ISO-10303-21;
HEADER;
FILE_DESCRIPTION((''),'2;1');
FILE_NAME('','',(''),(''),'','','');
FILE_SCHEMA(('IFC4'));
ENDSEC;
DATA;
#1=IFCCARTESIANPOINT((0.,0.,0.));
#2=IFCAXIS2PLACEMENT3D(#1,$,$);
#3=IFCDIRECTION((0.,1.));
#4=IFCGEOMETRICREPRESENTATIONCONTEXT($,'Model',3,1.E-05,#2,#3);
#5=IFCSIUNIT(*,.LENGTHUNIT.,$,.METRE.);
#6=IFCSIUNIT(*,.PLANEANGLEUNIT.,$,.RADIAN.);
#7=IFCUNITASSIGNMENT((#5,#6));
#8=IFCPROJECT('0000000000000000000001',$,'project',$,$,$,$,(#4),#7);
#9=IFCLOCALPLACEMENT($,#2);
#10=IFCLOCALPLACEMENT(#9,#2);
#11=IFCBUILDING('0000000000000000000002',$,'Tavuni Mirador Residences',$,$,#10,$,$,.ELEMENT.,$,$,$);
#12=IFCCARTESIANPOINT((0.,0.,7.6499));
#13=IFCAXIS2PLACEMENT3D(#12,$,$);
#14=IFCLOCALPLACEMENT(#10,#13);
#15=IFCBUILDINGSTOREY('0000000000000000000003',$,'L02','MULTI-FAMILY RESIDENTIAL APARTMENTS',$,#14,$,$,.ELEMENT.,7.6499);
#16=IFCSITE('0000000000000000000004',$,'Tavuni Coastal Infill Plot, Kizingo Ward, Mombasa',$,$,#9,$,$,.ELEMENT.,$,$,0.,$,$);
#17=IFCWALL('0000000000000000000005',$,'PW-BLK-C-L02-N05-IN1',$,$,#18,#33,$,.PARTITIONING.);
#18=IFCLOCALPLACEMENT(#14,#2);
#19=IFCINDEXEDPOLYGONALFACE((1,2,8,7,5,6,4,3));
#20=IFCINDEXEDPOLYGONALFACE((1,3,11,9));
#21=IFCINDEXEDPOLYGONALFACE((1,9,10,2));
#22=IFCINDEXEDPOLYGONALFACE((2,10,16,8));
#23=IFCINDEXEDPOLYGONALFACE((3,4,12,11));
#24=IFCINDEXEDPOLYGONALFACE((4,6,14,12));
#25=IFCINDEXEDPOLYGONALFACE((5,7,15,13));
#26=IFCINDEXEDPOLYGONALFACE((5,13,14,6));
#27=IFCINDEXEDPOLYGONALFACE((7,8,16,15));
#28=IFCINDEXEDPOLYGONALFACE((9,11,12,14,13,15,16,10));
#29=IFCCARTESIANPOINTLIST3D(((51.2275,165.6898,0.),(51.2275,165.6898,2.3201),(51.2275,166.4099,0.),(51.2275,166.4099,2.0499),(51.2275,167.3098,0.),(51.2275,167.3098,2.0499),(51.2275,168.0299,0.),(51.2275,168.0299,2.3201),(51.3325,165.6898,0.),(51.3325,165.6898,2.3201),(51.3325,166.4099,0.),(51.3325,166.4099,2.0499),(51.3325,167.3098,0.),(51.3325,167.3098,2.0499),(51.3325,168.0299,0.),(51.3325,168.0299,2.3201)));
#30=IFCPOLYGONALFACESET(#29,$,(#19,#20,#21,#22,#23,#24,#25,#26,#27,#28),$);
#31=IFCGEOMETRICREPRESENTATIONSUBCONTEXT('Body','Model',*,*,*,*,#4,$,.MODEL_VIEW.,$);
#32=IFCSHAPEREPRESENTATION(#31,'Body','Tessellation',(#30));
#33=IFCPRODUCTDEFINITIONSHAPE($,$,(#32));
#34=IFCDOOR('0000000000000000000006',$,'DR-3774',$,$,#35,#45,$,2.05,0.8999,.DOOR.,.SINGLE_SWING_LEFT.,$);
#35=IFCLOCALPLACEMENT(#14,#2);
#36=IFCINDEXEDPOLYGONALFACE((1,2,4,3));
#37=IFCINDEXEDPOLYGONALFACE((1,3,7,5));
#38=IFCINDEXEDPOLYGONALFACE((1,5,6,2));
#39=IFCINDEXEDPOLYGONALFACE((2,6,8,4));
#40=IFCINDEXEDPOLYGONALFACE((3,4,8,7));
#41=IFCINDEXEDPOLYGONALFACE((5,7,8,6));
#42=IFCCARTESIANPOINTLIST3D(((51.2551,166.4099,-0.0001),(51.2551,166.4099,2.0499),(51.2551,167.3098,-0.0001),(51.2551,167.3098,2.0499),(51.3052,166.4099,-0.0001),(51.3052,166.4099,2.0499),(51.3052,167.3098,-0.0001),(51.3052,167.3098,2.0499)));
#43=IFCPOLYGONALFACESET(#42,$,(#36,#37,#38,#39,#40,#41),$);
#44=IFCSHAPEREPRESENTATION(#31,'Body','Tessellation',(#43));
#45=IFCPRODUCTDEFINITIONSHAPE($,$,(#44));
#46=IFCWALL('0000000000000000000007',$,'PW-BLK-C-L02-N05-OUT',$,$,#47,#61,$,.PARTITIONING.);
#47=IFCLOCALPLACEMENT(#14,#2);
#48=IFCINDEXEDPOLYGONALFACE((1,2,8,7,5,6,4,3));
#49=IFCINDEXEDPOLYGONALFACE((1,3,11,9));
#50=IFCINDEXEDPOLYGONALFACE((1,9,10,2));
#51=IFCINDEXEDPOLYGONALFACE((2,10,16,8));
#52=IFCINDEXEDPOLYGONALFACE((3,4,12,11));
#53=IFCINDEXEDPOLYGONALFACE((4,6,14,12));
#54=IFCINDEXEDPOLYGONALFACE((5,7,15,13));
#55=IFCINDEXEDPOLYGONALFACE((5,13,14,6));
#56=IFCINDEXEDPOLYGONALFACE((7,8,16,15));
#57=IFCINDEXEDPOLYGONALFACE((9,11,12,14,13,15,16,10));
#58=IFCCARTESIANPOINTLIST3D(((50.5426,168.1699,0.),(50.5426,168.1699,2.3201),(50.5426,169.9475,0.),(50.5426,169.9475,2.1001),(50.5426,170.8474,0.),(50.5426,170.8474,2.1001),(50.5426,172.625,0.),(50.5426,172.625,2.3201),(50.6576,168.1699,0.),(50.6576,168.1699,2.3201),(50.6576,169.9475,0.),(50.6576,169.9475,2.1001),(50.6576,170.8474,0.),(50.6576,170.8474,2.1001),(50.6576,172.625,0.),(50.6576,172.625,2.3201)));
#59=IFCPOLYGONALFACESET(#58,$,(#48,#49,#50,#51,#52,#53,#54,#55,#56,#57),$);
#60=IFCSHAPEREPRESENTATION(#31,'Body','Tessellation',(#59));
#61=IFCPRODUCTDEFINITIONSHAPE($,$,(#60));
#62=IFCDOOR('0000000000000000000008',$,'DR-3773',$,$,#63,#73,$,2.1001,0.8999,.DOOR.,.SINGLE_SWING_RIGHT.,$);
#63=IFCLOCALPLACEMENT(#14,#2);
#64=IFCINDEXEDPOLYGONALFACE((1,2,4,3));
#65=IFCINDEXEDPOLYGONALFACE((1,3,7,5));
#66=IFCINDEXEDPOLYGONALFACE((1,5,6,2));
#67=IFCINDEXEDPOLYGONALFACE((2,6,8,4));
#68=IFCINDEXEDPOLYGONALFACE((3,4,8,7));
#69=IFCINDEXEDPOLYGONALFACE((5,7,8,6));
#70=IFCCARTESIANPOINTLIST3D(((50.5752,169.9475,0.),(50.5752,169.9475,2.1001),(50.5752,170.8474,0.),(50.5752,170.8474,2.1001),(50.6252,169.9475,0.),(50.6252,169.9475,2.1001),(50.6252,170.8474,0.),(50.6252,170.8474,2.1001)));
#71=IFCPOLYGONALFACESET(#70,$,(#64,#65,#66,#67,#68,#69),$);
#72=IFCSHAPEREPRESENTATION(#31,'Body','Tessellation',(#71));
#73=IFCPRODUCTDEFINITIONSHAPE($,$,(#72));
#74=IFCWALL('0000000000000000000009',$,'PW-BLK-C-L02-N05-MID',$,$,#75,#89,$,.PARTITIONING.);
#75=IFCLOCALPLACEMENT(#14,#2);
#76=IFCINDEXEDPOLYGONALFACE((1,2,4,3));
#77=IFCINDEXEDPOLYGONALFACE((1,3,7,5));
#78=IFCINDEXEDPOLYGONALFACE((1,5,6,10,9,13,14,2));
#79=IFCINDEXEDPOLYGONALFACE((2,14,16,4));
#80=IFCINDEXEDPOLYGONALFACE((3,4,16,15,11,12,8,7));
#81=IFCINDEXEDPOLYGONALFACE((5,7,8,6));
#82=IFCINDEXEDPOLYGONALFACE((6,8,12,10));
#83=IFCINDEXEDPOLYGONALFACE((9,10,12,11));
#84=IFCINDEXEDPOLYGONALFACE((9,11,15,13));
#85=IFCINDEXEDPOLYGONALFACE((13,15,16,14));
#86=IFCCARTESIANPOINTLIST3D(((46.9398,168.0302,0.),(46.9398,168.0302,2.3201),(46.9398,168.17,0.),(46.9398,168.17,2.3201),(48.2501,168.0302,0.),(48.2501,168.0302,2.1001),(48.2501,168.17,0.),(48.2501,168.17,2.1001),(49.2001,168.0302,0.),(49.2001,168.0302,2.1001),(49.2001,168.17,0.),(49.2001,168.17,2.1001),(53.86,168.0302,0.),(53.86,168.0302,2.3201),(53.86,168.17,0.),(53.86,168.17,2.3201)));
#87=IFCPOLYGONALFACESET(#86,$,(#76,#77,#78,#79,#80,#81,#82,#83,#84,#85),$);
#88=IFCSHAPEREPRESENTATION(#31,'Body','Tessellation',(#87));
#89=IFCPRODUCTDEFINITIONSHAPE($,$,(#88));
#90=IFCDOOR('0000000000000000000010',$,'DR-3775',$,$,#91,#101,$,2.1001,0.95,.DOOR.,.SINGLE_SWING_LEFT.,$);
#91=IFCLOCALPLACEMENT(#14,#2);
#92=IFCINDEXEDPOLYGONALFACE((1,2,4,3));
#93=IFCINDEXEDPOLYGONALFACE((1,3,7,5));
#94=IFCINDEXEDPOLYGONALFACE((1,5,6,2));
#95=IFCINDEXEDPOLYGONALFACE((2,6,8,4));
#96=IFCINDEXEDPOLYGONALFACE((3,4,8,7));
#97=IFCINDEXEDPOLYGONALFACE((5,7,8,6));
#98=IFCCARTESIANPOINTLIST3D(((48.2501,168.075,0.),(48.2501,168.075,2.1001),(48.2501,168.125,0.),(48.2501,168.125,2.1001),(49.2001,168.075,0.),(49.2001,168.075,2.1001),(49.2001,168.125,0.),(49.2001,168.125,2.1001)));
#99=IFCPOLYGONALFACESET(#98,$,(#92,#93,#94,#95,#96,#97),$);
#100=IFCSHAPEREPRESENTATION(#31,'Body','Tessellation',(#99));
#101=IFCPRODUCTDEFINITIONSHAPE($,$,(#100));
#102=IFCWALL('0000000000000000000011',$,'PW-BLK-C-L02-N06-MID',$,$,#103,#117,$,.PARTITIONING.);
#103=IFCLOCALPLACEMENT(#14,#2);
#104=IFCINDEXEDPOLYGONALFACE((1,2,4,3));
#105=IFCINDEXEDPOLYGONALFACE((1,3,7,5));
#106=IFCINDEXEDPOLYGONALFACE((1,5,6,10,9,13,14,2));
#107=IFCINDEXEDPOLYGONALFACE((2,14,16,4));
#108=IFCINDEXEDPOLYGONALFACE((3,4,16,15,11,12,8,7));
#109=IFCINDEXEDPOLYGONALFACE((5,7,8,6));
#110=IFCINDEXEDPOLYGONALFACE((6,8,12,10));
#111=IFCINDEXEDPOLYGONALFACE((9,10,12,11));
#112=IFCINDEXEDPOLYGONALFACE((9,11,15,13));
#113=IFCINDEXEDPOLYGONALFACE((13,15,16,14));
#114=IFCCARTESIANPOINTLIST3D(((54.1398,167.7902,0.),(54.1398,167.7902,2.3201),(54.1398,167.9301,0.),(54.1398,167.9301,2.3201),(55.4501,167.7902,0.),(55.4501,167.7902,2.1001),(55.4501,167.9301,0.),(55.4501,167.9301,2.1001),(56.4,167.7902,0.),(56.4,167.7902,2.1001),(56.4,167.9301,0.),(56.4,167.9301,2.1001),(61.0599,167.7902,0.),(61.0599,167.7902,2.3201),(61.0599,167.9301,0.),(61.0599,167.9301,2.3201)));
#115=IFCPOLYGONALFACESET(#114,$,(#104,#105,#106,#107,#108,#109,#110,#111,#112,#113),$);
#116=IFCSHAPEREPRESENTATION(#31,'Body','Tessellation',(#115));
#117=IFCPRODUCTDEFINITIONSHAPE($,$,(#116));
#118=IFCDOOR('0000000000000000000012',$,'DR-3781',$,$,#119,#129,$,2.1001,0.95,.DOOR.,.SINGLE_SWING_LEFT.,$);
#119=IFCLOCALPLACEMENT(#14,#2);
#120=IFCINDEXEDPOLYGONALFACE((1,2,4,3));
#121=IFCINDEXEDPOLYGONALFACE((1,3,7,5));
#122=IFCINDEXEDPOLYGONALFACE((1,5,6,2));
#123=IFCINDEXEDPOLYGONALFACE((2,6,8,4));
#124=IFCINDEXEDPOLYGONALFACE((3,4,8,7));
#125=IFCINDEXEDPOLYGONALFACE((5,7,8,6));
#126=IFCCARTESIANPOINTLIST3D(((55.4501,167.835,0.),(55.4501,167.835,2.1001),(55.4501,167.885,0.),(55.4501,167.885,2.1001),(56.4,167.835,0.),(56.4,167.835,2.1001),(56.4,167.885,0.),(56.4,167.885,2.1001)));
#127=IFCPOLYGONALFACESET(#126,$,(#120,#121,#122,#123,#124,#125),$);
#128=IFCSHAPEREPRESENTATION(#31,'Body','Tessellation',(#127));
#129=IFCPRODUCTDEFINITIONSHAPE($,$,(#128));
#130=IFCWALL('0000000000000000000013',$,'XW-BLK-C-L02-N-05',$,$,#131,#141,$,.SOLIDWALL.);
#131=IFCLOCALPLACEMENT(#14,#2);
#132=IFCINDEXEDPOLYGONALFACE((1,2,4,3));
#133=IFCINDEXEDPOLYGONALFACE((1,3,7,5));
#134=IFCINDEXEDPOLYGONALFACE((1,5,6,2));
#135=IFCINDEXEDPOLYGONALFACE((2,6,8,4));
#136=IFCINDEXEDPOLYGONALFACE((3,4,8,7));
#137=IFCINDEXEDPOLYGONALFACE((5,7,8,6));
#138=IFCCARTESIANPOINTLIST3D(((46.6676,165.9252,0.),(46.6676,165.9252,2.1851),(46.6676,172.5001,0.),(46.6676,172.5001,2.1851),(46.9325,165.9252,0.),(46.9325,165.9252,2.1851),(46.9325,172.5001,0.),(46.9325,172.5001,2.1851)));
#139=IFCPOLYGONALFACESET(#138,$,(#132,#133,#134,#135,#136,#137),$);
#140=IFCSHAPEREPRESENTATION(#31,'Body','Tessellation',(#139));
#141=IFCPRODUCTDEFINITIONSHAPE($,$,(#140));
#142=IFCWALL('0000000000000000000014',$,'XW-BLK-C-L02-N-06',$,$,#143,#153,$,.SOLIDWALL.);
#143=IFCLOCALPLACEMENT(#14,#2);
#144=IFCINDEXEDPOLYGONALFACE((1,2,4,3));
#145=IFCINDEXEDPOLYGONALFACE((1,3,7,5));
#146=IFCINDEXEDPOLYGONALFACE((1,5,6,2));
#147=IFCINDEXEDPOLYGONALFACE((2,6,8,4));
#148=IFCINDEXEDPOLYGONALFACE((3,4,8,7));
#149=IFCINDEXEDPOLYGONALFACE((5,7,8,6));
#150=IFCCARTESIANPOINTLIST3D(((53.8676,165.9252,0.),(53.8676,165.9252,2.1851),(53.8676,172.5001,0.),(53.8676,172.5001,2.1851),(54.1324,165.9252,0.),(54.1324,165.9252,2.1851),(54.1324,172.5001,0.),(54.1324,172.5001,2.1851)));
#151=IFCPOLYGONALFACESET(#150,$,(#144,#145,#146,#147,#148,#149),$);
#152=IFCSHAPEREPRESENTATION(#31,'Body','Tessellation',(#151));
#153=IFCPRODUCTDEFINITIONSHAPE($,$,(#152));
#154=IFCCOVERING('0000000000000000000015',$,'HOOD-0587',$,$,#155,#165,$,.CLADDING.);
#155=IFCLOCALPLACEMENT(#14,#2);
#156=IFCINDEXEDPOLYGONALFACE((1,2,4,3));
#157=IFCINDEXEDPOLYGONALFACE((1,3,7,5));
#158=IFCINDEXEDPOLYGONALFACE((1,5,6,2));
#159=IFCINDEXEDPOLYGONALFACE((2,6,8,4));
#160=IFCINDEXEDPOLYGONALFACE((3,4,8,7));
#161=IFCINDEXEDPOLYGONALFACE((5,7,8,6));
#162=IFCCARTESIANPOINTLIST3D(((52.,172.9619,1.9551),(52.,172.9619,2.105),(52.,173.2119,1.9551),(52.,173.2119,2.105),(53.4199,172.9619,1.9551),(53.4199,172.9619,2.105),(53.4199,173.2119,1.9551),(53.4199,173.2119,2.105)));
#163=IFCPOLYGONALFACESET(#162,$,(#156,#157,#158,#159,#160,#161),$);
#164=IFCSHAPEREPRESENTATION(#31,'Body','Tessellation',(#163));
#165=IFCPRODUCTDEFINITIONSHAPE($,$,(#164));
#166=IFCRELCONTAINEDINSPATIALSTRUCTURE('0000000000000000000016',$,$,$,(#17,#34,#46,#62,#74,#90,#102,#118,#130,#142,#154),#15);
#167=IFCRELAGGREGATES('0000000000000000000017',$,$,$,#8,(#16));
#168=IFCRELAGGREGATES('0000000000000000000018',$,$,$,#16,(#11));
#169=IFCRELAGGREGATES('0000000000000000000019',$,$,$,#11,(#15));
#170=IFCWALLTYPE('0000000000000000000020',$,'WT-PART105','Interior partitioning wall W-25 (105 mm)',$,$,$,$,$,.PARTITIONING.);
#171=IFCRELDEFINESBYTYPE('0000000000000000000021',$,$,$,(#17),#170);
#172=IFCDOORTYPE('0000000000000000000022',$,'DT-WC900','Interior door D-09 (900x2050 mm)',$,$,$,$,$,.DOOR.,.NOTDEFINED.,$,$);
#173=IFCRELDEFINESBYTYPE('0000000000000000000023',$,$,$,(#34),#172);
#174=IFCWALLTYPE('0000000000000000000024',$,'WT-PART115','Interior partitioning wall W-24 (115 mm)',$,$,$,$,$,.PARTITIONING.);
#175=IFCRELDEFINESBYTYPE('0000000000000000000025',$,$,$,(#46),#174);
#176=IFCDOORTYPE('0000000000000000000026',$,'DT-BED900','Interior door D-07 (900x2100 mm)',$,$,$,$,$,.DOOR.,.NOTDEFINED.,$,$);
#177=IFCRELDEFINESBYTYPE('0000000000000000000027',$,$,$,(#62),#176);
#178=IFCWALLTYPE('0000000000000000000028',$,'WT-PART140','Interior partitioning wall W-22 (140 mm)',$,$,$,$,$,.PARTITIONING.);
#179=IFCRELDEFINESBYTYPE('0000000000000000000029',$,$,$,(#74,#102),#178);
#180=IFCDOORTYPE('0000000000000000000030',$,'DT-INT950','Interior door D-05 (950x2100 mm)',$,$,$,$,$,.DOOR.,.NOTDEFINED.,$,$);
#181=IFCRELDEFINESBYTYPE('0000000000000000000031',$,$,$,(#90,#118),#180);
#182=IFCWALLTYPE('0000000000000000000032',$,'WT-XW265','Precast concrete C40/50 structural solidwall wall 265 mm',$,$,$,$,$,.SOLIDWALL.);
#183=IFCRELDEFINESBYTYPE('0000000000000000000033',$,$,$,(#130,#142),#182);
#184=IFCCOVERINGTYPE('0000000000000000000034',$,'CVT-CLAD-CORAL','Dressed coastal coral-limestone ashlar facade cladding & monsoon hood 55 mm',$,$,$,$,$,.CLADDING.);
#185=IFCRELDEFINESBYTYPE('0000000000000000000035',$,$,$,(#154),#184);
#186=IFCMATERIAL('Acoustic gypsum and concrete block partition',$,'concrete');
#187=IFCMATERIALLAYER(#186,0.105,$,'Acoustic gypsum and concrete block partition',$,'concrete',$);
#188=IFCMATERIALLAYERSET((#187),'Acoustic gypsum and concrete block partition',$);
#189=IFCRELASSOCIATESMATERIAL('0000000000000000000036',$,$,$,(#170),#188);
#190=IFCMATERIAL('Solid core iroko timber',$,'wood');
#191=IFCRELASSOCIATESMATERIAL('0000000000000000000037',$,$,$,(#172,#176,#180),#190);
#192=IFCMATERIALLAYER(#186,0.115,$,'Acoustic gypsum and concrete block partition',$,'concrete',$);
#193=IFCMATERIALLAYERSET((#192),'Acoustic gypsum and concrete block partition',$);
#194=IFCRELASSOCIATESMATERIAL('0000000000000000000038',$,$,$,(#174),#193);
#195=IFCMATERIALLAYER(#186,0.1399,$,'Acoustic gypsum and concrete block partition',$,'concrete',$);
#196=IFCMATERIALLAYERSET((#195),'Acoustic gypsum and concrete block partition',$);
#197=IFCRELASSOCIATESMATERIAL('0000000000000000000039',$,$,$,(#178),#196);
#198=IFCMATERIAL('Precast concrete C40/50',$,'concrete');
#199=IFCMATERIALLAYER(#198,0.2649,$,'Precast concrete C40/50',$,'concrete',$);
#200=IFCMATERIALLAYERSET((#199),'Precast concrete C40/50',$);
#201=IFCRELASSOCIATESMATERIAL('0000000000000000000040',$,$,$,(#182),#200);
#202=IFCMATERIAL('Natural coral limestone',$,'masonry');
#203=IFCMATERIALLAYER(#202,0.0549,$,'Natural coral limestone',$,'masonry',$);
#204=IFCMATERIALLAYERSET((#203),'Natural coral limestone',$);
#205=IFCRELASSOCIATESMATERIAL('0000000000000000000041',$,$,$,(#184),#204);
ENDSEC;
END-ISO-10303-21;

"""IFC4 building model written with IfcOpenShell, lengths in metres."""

from ifc_helpers import new_model, si_unit, direction, frame, frame_2d, origin, origin_2d, place, context, subcontext, project, spatial, rectangle, extrude, material, layer, layer_set, type_object, element, fill, save


model = new_model("IFC4")

# Units and contexts
model_context = context("Model", 3, precision=1e-05, world=origin(), true_north=direction((0.0, 1.0)))
body_context = subcontext(model_context, "Body", "Model", "MODEL_VIEW")
ifc_project = project(units=[si_unit("LENGTHUNIT", "METRE"), si_unit("PLANEANGLEUNIT", "RADIAN")], contexts=[model_context])

# Site, building, storey
site_placement = place(None, origin())
site = spatial("IfcSite", under=ifc_project, at=site_placement, Name="Tavuni Coastal Infill Plot, Kizingo Ward, Mombasa", CompositionType="ELEMENT", RefElevation=0.0)
building_placement = place(site_placement, origin())
building = spatial("IfcBuilding", under=site, at=building_placement, Name="Tavuni Mirador Residences", CompositionType="ELEMENT")
storey_placement = place(building_placement, frame((0.0, 0.0, 7.6499)))
storey = spatial("IfcBuildingStorey", under=building, at=storey_placement, Name="L02", Description="MULTI-FAMILY RESIDENTIAL APARTMENTS", CompositionType="ELEMENT", Elevation=7.6499)

# Shared definitions
ifc_material_1 = material(Name="Precast concrete C40/50", Category="concrete")

# Shared definitions
ifc_material_2 = material(Name="Solid core iroko timber", Category="wood")

# Walls, openings, doors
ifc_material_3 = material(Name="Acoustic gypsum and concrete block partition", Category="concrete")
ifc_layer_1 = layer(ifc_material_3, 0.105, Name="Acoustic gypsum and concrete block partition", Category="concrete")
ifc_layer_set_1 = layer_set([ifc_layer_1], Name="Acoustic gypsum and concrete block partition")
wall_type_1 = type_object("IfcWallType", Name="WT-PART105", Description="Interior partitioning wall W-25 (105 mm)", PredefinedType="PARTITIONING", material=ifc_layer_set_1)
wall_1_placement = place(storey_placement, frame((51.28, 165.6899, 0.0), z_axis=(0.0, 0.0, 1.0), x_axis=(0.0, 1.0, 0.0)))
wall_1 = element("IfcWall", 1, at=wall_1_placement, inside=storey, type_object=wall_type_1, Name="PW-BLK-C-L02-N05-IN1", PredefinedType="PARTITIONING", context=body_context, shape_type="SweptSolid", body=[
    extrude(rectangle(XDim=2.3401, YDim=0.105, at=frame_2d((1.1699, 0.0))), origin(), (0.0, 0.0, 1.0), 2.3201),
])
opening_1_placement = place(wall_1_placement, frame((0.72, 0.0, 0.0)))
opening_1 = element("IfcOpeningElement", 2, at=opening_1_placement, cuts=wall_1, PredefinedType="OPENING", context=body_context, shape_type="SweptSolid", body=[
    extrude(rectangle(XDim=0.8999, YDim=2.05, at=frame_2d((0.45, 1.0249))), frame((0.0, 0.0625, 0.0), z_axis=(0.0, -1.0, 0.0), x_axis=(1.0, 0.0, 0.0)), (0.0, 0.0, 1.0), 0.125),
])
door_type_1 = type_object("IfcDoorType", Name="DT-WC900", Description="Interior door D-09 (900x2050 mm)", OperationType="NOTDEFINED", PredefinedType="DOOR", material=ifc_material_2)
door_1_placement = place(opening_1_placement, origin())
door_1 = element("IfcDoor", 3, at=door_1_placement, inside=storey, type_object=door_type_1, Name="DR-3774", OperationType="SINGLE_SWING_LEFT", OverallHeight=2.05, OverallWidth=0.8999, PredefinedType="DOOR", context=body_context, shape_type="SweptSolid", body=[
    extrude(rectangle(XDim=0.8999, YDim=2.05, at=frame_2d((0.45, 1.0249))), frame((0.0, 0.0249, 0.0), z_axis=(0.0, -1.0, 0.0), x_axis=(1.0, 0.0, 0.0)), (0.0, 0.0, 1.0), 0.05),
])
fill(opening_1, door_1)
ifc_layer_2 = layer(ifc_material_3, 0.115, Name="Acoustic gypsum and concrete block partition", Category="concrete")
ifc_layer_set_2 = layer_set([ifc_layer_2], Name="Acoustic gypsum and concrete block partition")
wall_type_2 = type_object("IfcWallType", Name="WT-PART115", Description="Interior partitioning wall W-24 (115 mm)", PredefinedType="PARTITIONING", material=ifc_layer_set_2)
wall_2_placement = place(storey_placement, frame((50.6001, 168.1699, 0.0), z_axis=(0.0, 0.0, 1.0), x_axis=(0.0, 1.0, 0.0)))
wall_2 = element("IfcWall", 4, at=wall_2_placement, inside=storey, type_object=wall_type_2, Name="PW-BLK-C-L02-N05-OUT", PredefinedType="PARTITIONING", context=body_context, shape_type="SweptSolid", body=[
    extrude(rectangle(XDim=4.4551, YDim=0.115, at=frame_2d((2.2275, 0.0))), origin(), (0.0, 0.0, 1.0), 2.3201),
])
opening_2_placement = place(wall_2_placement, frame((1.7776, 0.0, 0.0)))
opening_2 = element("IfcOpeningElement", 5, at=opening_2_placement, cuts=wall_2, PredefinedType="OPENING", context=body_context, shape_type="SweptSolid", body=[
    extrude(rectangle(XDim=0.8999, YDim=2.1001, at=frame_2d((0.45, 1.05))), frame((0.0, 0.0674, 0.0), z_axis=(0.0, -1.0, 0.0), x_axis=(1.0, 0.0, 0.0)), (0.0, 0.0, 1.0), 0.135),
])
door_type_2 = type_object("IfcDoorType", Name="DT-BED900", Description="Interior door D-07 (900x2100 mm)", OperationType="NOTDEFINED", PredefinedType="DOOR", material=ifc_material_2)
door_2_placement = place(opening_2_placement, origin())
door_2 = element("IfcDoor", 6, at=door_2_placement, inside=storey, type_object=door_type_2, Name="DR-3773", OperationType="SINGLE_SWING_RIGHT", OverallHeight=2.1001, OverallWidth=0.8999, PredefinedType="DOOR", context=body_context, shape_type="SweptSolid", body=[
    extrude(rectangle(XDim=0.8999, YDim=2.1001, at=frame_2d((0.45, 1.05))), frame((0.0, 0.0249, 0.0), z_axis=(0.0, -1.0, 0.0), x_axis=(1.0, 0.0, 0.0)), (0.0, 0.0, 1.0), 0.05),
])
fill(opening_2, door_2)
ifc_layer_3 = layer(ifc_material_3, 0.1399, Name="Acoustic gypsum and concrete block partition", Category="concrete")
ifc_layer_set_3 = layer_set([ifc_layer_3], Name="Acoustic gypsum and concrete block partition")
wall_type_3 = type_object("IfcWallType", Name="WT-PART140", Description="Interior partitioning wall W-22 (140 mm)", PredefinedType="PARTITIONING", material=ifc_layer_set_3)
wall_3_placement = place(storey_placement, frame((46.9399, 168.1001, 0.0), z_axis=(0.0, 0.0, 1.0), x_axis=(1.0, 0.0, 0.0)))
wall_3 = element("IfcWall", 7, at=wall_3_placement, inside=storey, type_object=wall_type_3, Name="PW-BLK-C-L02-N05-MID", PredefinedType="PARTITIONING", context=body_context, shape_type="SweptSolid", body=[
    extrude(rectangle(XDim=6.9202, YDim=0.1399, at=frame_2d((3.46, 0.0))), origin(), (0.0, 0.0, 1.0), 2.3201),
])
opening_3_placement = place(wall_3_placement, frame((1.3101, 0.0, 0.0)))
opening_3 = element("IfcOpeningElement", 8, at=opening_3_placement, cuts=wall_3, PredefinedType="OPENING", context=body_context, shape_type="SweptSolid", body=[
    extrude(rectangle(XDim=0.95, YDim=2.1001, at=frame_2d((0.4751, 1.05))), frame((0.0, 0.0801, 0.0), z_axis=(0.0, -1.0, 0.0), x_axis=(1.0, 0.0, 0.0)), (0.0, 0.0, 1.0), 0.1599),
])
door_type_3 = type_object("IfcDoorType", Name="DT-INT950", Description="Interior door D-05 (950x2100 mm)", OperationType="NOTDEFINED", PredefinedType="DOOR", material=ifc_material_2)
door_3_placement = place(opening_3_placement, origin())
door_3 = element("IfcDoor", 9, at=door_3_placement, inside=storey, type_object=door_type_3, Name="DR-3775", OperationType="SINGLE_SWING_LEFT", OverallHeight=2.1001, OverallWidth=0.95, PredefinedType="DOOR", context=body_context, shape_type="SweptSolid", body=[
    extrude(rectangle(XDim=0.95, YDim=2.1001, at=frame_2d((0.4751, 1.05))), frame((0.0, 0.0249, 0.0), z_axis=(0.0, -1.0, 0.0), x_axis=(1.0, 0.0, 0.0)), (0.0, 0.0, 1.0), 0.05),
])
fill(opening_3, door_3)
wall_4_placement = place(storey_placement, frame((54.1399, 167.8601, 0.0), z_axis=(0.0, 0.0, 1.0), x_axis=(1.0, 0.0, 0.0)))
wall_4 = element("IfcWall", 10, at=wall_4_placement, inside=storey, type_object=wall_type_3, Name="PW-BLK-C-L02-N06-MID", PredefinedType="PARTITIONING", context=body_context, shape_type="SweptSolid", body=[
    extrude(rectangle(XDim=6.9202, YDim=0.1399, at=frame_2d((3.46, 0.0))), origin(), (0.0, 0.0, 1.0), 2.3201),
])
opening_4_placement = place(wall_4_placement, frame((1.3101, 0.0, 0.0)))
opening_4 = element("IfcOpeningElement", 11, at=opening_4_placement, cuts=wall_4, PredefinedType="OPENING", context=body_context, shape_type="SweptSolid", body=[
    extrude(rectangle(XDim=0.95, YDim=2.1001, at=frame_2d((0.4751, 1.05))), frame((0.0, 0.0801, 0.0), z_axis=(0.0, -1.0, 0.0), x_axis=(1.0, 0.0, 0.0)), (0.0, 0.0, 1.0), 0.1599),
])
door_4_placement = place(opening_4_placement, origin())
door_4 = element("IfcDoor", 12, at=door_4_placement, inside=storey, type_object=door_type_3, Name="DR-3781", OperationType="SINGLE_SWING_LEFT", OverallHeight=2.1001, OverallWidth=0.95, PredefinedType="DOOR", context=body_context, shape_type="SweptSolid", body=[
    extrude(rectangle(XDim=0.95, YDim=2.1001, at=frame_2d((0.4751, 1.05))), frame((0.0, 0.0249, 0.0), z_axis=(0.0, -1.0, 0.0), x_axis=(1.0, 0.0, 0.0)), (0.0, 0.0, 1.0), 0.05),
])
fill(opening_4, door_4)

# Walls
ifc_layer_4 = layer(ifc_material_1, 0.2649, Name="Precast concrete C40/50", Category="concrete")
ifc_layer_set_4 = layer_set([ifc_layer_4], Name="Precast concrete C40/50")
wall_type_4 = type_object("IfcWallType", Name="WT-XW265", Description="Precast concrete C40/50 structural solidwall wall 265 mm", PredefinedType="SOLIDWALL", material=ifc_layer_set_4)
for number, where, z_axis, x_axis, name in (
    (13, (46.8, 165.925, 0.0), (0.0, 0.0, 1.0), (0.0, 1.0, 0.0), "XW-BLK-C-L02-N-05"),
    (14, (54.0, 165.925, 0.0), (0.0, 0.0, 1.0), (0.0, 1.0, 0.0), "XW-BLK-C-L02-N-06"),
):
    element("IfcWall", number, at=place(storey_placement, frame(where, z_axis=z_axis, x_axis=x_axis)), inside=storey, type_object=wall_type_4, Name=name, PredefinedType="SOLIDWALL", context=body_context, shape_type="SweptSolid", body=[
        extrude(rectangle(XDim=6.575, YDim=0.2649, at=frame_2d((3.2876, 0.0))), origin(), (0.0, 0.0, 1.0), 2.1851),
    ])

# Covering
ifc_material_4 = material(Name="Natural coral limestone", Category="masonry")
ifc_layer_5 = layer(ifc_material_4, 0.0549, Name="Natural coral limestone", Category="masonry")
ifc_layer_set_5 = layer_set([ifc_layer_5], Name="Natural coral limestone")
covering_type = type_object("IfcCoveringType", Name="CVT-CLAD-CORAL", Description="Dressed coastal coral-limestone ashlar facade cladding & monsoon hood 55 mm", PredefinedType="CLADDING", material=ifc_layer_set_5)
covering_1_placement = place(storey_placement, frame((52.71, 173.0869, 1.9551), z_axis=(0.0, 0.0, 1.0), x_axis=(-1.0, 0.0, 0.0)))
element("IfcCovering", 15, at=covering_1_placement, inside=storey, type_object=covering_type, Name="HOOD-0587", PredefinedType="CLADDING", context=body_context, shape_type="SweptSolid", body=[
    extrude(rectangle(XDim=1.4199, YDim=0.25, at=origin_2d()), origin(), (0.0, 0.0, 1.0), 0.1499),
])

save(model, "model.ifc")
